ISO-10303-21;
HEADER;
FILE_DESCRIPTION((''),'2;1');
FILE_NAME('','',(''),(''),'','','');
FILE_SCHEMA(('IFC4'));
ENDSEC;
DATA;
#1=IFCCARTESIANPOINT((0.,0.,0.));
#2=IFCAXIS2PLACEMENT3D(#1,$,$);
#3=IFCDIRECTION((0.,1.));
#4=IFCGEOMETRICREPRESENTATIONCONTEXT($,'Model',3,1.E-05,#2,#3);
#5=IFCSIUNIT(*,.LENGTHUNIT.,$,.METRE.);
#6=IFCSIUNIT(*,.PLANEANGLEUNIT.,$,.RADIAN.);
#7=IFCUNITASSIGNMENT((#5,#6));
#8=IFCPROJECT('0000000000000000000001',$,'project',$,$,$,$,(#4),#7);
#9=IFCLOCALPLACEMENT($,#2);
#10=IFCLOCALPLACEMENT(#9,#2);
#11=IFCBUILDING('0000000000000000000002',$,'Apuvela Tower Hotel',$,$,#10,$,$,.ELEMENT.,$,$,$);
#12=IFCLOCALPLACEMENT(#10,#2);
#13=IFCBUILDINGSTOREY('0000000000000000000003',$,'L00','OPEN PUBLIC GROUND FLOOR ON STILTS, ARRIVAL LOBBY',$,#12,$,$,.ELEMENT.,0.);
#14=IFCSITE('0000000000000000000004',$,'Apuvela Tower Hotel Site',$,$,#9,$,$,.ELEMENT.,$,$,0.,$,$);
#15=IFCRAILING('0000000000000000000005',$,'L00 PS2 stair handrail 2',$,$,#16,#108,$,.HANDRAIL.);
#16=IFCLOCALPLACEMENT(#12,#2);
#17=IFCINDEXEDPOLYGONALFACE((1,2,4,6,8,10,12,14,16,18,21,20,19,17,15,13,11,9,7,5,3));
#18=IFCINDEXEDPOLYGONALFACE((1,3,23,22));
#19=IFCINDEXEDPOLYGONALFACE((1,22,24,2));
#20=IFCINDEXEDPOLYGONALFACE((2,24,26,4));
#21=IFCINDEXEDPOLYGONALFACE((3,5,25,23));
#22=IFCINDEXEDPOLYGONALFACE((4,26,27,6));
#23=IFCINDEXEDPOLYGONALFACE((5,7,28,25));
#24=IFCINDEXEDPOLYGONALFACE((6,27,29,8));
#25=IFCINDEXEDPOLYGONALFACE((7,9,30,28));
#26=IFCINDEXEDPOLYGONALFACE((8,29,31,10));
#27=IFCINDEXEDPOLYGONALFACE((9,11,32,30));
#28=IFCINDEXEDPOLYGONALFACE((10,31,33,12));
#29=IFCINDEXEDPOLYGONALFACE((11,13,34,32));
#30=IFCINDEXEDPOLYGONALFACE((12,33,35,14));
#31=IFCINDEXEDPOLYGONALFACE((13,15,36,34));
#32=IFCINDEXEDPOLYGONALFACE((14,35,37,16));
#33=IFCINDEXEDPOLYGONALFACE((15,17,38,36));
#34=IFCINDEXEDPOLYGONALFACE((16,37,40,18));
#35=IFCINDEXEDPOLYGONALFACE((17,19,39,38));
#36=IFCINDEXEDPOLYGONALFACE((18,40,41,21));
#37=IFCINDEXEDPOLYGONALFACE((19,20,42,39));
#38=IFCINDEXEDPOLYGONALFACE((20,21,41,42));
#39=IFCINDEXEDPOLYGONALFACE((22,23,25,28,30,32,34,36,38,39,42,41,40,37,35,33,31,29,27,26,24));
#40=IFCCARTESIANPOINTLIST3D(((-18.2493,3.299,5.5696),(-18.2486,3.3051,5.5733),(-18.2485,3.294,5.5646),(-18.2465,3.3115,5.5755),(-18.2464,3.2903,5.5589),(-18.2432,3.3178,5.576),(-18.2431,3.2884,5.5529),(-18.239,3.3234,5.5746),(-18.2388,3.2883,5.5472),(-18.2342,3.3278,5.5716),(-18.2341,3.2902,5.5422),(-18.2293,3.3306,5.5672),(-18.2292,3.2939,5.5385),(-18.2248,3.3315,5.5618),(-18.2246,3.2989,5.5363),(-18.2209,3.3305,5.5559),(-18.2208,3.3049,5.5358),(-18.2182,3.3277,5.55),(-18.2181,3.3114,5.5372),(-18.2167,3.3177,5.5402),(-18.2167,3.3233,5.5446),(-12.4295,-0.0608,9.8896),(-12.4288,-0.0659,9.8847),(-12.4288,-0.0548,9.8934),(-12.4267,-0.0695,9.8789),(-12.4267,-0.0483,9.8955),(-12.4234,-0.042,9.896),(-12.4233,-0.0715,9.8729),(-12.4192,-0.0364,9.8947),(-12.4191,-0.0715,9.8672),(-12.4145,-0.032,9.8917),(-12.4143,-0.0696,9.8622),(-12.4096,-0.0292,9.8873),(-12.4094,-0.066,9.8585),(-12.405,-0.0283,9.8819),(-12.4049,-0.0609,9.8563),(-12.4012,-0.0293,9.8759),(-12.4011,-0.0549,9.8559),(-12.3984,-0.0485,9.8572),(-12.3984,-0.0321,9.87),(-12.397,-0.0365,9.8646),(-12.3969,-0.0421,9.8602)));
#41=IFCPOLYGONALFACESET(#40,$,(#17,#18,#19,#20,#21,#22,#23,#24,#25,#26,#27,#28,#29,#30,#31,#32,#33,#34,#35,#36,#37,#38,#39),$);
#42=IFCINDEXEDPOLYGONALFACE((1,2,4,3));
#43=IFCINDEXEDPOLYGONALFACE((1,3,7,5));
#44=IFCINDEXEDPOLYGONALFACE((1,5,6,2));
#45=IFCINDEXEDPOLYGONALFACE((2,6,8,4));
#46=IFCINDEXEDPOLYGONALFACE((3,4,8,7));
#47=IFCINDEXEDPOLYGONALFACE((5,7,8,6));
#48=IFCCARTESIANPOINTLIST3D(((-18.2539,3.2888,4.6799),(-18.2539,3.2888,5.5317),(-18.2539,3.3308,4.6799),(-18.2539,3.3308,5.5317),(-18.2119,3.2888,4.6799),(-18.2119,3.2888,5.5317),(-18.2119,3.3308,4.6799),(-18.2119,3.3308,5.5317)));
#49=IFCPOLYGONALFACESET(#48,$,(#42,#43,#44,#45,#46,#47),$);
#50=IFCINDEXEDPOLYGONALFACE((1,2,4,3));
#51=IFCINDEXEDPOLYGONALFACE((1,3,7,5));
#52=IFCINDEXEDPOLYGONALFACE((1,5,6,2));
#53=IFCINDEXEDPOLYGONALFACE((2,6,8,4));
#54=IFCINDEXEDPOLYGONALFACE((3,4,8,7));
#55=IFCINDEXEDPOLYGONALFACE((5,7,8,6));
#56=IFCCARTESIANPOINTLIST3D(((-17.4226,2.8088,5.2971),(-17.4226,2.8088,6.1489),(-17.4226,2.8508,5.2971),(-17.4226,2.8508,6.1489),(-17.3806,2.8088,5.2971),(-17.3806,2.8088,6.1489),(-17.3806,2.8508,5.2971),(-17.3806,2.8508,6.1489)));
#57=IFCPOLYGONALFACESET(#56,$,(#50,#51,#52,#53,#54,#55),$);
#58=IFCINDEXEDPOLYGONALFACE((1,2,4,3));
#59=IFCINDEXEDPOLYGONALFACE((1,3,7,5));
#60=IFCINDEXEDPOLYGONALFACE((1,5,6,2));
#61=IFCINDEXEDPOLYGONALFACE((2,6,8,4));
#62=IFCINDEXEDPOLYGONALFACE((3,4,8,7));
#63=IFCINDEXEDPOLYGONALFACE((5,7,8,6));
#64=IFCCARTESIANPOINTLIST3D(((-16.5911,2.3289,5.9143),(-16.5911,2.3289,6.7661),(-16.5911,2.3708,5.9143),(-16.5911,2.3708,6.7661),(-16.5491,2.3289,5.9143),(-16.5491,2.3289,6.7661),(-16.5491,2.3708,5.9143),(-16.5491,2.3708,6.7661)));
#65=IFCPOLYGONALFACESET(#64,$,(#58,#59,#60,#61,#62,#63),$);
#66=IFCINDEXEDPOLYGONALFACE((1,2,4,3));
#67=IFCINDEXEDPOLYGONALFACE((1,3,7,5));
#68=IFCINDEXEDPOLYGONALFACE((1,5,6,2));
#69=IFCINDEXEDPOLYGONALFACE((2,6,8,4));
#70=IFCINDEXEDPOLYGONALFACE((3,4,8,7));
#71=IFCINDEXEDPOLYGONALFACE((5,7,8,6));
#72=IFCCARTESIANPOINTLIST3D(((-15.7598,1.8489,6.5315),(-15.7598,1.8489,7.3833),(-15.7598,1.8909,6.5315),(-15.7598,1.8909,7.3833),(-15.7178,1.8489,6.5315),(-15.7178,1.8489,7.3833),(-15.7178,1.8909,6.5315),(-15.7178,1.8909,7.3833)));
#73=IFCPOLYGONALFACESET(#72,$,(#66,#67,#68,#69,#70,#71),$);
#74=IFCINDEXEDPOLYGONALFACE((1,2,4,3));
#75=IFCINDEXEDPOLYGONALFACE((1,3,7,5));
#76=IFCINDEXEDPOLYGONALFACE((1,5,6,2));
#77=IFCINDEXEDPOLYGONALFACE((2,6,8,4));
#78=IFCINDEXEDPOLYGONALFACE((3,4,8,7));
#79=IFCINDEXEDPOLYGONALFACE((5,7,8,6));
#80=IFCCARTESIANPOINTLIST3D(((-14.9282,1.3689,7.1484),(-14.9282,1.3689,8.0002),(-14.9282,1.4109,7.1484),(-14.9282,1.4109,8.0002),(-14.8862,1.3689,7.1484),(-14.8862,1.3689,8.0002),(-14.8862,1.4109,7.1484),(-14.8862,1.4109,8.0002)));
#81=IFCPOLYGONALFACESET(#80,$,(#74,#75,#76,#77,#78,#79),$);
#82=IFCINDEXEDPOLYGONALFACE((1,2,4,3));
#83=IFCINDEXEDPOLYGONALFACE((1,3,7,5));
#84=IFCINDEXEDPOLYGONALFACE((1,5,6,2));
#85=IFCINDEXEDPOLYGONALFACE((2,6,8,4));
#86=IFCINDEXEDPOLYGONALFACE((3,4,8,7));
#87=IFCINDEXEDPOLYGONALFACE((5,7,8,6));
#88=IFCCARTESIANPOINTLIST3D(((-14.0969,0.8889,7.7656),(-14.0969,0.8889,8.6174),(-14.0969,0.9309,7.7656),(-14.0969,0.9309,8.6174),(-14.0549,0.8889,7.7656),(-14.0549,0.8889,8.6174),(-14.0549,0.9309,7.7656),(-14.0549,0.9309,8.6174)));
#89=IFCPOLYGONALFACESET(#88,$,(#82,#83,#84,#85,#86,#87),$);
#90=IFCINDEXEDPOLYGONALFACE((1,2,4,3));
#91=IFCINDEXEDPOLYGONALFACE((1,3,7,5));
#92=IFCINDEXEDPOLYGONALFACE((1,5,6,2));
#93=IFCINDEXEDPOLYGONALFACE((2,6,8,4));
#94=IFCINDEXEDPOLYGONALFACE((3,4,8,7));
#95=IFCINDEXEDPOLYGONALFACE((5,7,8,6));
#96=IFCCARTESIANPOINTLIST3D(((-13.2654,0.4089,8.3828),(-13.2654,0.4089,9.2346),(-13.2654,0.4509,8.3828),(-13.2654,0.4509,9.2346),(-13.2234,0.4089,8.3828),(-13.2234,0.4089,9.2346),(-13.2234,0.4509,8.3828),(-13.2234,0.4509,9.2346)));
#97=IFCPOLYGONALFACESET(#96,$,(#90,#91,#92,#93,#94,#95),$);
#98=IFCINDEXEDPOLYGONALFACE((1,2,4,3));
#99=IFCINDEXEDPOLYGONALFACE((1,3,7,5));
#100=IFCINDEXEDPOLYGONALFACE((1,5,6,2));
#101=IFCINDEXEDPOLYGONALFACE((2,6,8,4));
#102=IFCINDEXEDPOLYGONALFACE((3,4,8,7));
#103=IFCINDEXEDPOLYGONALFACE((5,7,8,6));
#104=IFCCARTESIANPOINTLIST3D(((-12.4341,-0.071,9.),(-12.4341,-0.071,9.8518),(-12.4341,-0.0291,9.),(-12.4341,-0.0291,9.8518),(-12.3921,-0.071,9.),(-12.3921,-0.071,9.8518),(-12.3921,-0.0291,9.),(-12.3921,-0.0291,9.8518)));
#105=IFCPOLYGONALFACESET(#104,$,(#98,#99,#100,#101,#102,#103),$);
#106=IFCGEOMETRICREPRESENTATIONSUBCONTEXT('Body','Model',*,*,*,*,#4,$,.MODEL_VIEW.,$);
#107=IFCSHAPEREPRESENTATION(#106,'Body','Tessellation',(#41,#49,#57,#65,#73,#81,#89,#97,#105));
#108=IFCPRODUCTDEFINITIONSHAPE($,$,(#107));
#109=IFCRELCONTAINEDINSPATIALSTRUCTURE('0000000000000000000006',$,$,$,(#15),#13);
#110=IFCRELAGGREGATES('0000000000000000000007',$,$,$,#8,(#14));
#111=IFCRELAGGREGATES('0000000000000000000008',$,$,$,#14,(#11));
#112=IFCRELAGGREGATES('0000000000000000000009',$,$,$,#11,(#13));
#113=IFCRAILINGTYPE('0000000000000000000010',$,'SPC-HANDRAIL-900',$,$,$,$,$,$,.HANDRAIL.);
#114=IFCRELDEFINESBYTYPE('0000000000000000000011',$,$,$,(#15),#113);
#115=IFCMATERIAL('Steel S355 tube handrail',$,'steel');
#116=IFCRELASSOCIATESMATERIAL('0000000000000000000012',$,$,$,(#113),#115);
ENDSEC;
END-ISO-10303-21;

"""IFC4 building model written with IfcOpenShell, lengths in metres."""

from ifc_helpers import new_model, si_unit, direction, frame, origin, origin_2d, place, context, subcontext, project, spatial, rectangle, circle, extrude, material, type_object, element, save


model = new_model("IFC4")

# Units and contexts
model_context = context("Model", 3, precision=1e-05, world=origin(), true_north=direction((0.0, 1.0)))
body_context = subcontext(model_context, "Body", "Model", "MODEL_VIEW")
ifc_project = project(units=[si_unit("LENGTHUNIT", "METRE"), si_unit("PLANEANGLEUNIT", "RADIAN")], contexts=[model_context])

# Site, building, storey
site_placement = place(None, origin())
site = spatial("IfcSite", under=ifc_project, at=site_placement, Name="Apuvela Tower Hotel Site", CompositionType="ELEMENT", RefElevation=0.0)
building_placement = place(site_placement, origin())
building = spatial("IfcBuilding", under=site, at=building_placement, Name="Apuvela Tower Hotel", CompositionType="ELEMENT")
storey_placement = place(building_placement, origin())
storey = spatial("IfcBuildingStorey", under=building, at=storey_placement, Name="L00", Description="OPEN PUBLIC GROUND FLOOR ON STILTS, ARRIVAL LOBBY", CompositionType="ELEMENT", Elevation=0.0)

# Railing
ifc_material_1 = material(Name="Steel S355 tube handrail", Category="steel")
railing_type_1 = type_object("IfcRailingType", Name="SPC-HANDRAIL-900", PredefinedType="HANDRAIL", material=ifc_material_1)
railing_1_placement = place(storey_placement, frame((-18.2329, 3.3098, 4.6799)))
element("IfcRailing", 1, at=railing_1_placement, inside=storey, type_object=railing_type_1, Name="L00 PS2 stair handrail 2", PredefinedType="HANDRAIL", context=body_context, shape_type="SweptSolid", body=[
    extrude(circle(Radius=0.0239, at=origin_2d()), frame((0.0, 0.0, 0.876), z_axis=(0.728492, -0.420568, 0.540761), x_axis=(0.499976, 0.866039, 0.0)), (0.0, 0.0, 1.0), 7.9888),
    extrude(rectangle(XDim=0.042, YDim=0.042, at=origin_2d()), origin(), (0.0, 0.0, 1.0), 0.8518),
    extrude(rectangle(XDim=0.042, YDim=0.042, at=origin_2d()), frame((0.8313, -0.48, 0.6172)), (0.0, 0.0, 1.0), 0.8518),
    extrude(rectangle(XDim=0.042, YDim=0.042, at=origin_2d()), frame((1.6628, -0.96, 1.2344)), (0.0, 0.0, 1.0), 0.8518),
    extrude(rectangle(XDim=0.042, YDim=0.042, at=origin_2d()), frame((2.4941, -1.4399, 1.8516)), (0.0, 0.0, 1.0), 0.8518),
    extrude(rectangle(XDim=0.042, YDim=0.042, at=origin_2d()), frame((3.3257, -1.9199, 2.4685)), (0.0, 0.0, 1.0), 0.8518),
    extrude(rectangle(XDim=0.042, YDim=0.042, at=origin_2d()), frame((4.157, -2.3999, 3.0857)), (0.0, 0.0, 1.0), 0.8518),
    extrude(rectangle(XDim=0.042, YDim=0.042, at=origin_2d()), frame((4.9885, -2.8799, 3.7029)), (0.0, 0.0, 1.0), 0.8518),
    extrude(rectangle(XDim=0.042, YDim=0.042, at=origin_2d()), frame((5.8198, -3.3599, 4.3201)), (0.0, 0.0, 1.0), 0.8518),
])

save(model, "model.ifc")
